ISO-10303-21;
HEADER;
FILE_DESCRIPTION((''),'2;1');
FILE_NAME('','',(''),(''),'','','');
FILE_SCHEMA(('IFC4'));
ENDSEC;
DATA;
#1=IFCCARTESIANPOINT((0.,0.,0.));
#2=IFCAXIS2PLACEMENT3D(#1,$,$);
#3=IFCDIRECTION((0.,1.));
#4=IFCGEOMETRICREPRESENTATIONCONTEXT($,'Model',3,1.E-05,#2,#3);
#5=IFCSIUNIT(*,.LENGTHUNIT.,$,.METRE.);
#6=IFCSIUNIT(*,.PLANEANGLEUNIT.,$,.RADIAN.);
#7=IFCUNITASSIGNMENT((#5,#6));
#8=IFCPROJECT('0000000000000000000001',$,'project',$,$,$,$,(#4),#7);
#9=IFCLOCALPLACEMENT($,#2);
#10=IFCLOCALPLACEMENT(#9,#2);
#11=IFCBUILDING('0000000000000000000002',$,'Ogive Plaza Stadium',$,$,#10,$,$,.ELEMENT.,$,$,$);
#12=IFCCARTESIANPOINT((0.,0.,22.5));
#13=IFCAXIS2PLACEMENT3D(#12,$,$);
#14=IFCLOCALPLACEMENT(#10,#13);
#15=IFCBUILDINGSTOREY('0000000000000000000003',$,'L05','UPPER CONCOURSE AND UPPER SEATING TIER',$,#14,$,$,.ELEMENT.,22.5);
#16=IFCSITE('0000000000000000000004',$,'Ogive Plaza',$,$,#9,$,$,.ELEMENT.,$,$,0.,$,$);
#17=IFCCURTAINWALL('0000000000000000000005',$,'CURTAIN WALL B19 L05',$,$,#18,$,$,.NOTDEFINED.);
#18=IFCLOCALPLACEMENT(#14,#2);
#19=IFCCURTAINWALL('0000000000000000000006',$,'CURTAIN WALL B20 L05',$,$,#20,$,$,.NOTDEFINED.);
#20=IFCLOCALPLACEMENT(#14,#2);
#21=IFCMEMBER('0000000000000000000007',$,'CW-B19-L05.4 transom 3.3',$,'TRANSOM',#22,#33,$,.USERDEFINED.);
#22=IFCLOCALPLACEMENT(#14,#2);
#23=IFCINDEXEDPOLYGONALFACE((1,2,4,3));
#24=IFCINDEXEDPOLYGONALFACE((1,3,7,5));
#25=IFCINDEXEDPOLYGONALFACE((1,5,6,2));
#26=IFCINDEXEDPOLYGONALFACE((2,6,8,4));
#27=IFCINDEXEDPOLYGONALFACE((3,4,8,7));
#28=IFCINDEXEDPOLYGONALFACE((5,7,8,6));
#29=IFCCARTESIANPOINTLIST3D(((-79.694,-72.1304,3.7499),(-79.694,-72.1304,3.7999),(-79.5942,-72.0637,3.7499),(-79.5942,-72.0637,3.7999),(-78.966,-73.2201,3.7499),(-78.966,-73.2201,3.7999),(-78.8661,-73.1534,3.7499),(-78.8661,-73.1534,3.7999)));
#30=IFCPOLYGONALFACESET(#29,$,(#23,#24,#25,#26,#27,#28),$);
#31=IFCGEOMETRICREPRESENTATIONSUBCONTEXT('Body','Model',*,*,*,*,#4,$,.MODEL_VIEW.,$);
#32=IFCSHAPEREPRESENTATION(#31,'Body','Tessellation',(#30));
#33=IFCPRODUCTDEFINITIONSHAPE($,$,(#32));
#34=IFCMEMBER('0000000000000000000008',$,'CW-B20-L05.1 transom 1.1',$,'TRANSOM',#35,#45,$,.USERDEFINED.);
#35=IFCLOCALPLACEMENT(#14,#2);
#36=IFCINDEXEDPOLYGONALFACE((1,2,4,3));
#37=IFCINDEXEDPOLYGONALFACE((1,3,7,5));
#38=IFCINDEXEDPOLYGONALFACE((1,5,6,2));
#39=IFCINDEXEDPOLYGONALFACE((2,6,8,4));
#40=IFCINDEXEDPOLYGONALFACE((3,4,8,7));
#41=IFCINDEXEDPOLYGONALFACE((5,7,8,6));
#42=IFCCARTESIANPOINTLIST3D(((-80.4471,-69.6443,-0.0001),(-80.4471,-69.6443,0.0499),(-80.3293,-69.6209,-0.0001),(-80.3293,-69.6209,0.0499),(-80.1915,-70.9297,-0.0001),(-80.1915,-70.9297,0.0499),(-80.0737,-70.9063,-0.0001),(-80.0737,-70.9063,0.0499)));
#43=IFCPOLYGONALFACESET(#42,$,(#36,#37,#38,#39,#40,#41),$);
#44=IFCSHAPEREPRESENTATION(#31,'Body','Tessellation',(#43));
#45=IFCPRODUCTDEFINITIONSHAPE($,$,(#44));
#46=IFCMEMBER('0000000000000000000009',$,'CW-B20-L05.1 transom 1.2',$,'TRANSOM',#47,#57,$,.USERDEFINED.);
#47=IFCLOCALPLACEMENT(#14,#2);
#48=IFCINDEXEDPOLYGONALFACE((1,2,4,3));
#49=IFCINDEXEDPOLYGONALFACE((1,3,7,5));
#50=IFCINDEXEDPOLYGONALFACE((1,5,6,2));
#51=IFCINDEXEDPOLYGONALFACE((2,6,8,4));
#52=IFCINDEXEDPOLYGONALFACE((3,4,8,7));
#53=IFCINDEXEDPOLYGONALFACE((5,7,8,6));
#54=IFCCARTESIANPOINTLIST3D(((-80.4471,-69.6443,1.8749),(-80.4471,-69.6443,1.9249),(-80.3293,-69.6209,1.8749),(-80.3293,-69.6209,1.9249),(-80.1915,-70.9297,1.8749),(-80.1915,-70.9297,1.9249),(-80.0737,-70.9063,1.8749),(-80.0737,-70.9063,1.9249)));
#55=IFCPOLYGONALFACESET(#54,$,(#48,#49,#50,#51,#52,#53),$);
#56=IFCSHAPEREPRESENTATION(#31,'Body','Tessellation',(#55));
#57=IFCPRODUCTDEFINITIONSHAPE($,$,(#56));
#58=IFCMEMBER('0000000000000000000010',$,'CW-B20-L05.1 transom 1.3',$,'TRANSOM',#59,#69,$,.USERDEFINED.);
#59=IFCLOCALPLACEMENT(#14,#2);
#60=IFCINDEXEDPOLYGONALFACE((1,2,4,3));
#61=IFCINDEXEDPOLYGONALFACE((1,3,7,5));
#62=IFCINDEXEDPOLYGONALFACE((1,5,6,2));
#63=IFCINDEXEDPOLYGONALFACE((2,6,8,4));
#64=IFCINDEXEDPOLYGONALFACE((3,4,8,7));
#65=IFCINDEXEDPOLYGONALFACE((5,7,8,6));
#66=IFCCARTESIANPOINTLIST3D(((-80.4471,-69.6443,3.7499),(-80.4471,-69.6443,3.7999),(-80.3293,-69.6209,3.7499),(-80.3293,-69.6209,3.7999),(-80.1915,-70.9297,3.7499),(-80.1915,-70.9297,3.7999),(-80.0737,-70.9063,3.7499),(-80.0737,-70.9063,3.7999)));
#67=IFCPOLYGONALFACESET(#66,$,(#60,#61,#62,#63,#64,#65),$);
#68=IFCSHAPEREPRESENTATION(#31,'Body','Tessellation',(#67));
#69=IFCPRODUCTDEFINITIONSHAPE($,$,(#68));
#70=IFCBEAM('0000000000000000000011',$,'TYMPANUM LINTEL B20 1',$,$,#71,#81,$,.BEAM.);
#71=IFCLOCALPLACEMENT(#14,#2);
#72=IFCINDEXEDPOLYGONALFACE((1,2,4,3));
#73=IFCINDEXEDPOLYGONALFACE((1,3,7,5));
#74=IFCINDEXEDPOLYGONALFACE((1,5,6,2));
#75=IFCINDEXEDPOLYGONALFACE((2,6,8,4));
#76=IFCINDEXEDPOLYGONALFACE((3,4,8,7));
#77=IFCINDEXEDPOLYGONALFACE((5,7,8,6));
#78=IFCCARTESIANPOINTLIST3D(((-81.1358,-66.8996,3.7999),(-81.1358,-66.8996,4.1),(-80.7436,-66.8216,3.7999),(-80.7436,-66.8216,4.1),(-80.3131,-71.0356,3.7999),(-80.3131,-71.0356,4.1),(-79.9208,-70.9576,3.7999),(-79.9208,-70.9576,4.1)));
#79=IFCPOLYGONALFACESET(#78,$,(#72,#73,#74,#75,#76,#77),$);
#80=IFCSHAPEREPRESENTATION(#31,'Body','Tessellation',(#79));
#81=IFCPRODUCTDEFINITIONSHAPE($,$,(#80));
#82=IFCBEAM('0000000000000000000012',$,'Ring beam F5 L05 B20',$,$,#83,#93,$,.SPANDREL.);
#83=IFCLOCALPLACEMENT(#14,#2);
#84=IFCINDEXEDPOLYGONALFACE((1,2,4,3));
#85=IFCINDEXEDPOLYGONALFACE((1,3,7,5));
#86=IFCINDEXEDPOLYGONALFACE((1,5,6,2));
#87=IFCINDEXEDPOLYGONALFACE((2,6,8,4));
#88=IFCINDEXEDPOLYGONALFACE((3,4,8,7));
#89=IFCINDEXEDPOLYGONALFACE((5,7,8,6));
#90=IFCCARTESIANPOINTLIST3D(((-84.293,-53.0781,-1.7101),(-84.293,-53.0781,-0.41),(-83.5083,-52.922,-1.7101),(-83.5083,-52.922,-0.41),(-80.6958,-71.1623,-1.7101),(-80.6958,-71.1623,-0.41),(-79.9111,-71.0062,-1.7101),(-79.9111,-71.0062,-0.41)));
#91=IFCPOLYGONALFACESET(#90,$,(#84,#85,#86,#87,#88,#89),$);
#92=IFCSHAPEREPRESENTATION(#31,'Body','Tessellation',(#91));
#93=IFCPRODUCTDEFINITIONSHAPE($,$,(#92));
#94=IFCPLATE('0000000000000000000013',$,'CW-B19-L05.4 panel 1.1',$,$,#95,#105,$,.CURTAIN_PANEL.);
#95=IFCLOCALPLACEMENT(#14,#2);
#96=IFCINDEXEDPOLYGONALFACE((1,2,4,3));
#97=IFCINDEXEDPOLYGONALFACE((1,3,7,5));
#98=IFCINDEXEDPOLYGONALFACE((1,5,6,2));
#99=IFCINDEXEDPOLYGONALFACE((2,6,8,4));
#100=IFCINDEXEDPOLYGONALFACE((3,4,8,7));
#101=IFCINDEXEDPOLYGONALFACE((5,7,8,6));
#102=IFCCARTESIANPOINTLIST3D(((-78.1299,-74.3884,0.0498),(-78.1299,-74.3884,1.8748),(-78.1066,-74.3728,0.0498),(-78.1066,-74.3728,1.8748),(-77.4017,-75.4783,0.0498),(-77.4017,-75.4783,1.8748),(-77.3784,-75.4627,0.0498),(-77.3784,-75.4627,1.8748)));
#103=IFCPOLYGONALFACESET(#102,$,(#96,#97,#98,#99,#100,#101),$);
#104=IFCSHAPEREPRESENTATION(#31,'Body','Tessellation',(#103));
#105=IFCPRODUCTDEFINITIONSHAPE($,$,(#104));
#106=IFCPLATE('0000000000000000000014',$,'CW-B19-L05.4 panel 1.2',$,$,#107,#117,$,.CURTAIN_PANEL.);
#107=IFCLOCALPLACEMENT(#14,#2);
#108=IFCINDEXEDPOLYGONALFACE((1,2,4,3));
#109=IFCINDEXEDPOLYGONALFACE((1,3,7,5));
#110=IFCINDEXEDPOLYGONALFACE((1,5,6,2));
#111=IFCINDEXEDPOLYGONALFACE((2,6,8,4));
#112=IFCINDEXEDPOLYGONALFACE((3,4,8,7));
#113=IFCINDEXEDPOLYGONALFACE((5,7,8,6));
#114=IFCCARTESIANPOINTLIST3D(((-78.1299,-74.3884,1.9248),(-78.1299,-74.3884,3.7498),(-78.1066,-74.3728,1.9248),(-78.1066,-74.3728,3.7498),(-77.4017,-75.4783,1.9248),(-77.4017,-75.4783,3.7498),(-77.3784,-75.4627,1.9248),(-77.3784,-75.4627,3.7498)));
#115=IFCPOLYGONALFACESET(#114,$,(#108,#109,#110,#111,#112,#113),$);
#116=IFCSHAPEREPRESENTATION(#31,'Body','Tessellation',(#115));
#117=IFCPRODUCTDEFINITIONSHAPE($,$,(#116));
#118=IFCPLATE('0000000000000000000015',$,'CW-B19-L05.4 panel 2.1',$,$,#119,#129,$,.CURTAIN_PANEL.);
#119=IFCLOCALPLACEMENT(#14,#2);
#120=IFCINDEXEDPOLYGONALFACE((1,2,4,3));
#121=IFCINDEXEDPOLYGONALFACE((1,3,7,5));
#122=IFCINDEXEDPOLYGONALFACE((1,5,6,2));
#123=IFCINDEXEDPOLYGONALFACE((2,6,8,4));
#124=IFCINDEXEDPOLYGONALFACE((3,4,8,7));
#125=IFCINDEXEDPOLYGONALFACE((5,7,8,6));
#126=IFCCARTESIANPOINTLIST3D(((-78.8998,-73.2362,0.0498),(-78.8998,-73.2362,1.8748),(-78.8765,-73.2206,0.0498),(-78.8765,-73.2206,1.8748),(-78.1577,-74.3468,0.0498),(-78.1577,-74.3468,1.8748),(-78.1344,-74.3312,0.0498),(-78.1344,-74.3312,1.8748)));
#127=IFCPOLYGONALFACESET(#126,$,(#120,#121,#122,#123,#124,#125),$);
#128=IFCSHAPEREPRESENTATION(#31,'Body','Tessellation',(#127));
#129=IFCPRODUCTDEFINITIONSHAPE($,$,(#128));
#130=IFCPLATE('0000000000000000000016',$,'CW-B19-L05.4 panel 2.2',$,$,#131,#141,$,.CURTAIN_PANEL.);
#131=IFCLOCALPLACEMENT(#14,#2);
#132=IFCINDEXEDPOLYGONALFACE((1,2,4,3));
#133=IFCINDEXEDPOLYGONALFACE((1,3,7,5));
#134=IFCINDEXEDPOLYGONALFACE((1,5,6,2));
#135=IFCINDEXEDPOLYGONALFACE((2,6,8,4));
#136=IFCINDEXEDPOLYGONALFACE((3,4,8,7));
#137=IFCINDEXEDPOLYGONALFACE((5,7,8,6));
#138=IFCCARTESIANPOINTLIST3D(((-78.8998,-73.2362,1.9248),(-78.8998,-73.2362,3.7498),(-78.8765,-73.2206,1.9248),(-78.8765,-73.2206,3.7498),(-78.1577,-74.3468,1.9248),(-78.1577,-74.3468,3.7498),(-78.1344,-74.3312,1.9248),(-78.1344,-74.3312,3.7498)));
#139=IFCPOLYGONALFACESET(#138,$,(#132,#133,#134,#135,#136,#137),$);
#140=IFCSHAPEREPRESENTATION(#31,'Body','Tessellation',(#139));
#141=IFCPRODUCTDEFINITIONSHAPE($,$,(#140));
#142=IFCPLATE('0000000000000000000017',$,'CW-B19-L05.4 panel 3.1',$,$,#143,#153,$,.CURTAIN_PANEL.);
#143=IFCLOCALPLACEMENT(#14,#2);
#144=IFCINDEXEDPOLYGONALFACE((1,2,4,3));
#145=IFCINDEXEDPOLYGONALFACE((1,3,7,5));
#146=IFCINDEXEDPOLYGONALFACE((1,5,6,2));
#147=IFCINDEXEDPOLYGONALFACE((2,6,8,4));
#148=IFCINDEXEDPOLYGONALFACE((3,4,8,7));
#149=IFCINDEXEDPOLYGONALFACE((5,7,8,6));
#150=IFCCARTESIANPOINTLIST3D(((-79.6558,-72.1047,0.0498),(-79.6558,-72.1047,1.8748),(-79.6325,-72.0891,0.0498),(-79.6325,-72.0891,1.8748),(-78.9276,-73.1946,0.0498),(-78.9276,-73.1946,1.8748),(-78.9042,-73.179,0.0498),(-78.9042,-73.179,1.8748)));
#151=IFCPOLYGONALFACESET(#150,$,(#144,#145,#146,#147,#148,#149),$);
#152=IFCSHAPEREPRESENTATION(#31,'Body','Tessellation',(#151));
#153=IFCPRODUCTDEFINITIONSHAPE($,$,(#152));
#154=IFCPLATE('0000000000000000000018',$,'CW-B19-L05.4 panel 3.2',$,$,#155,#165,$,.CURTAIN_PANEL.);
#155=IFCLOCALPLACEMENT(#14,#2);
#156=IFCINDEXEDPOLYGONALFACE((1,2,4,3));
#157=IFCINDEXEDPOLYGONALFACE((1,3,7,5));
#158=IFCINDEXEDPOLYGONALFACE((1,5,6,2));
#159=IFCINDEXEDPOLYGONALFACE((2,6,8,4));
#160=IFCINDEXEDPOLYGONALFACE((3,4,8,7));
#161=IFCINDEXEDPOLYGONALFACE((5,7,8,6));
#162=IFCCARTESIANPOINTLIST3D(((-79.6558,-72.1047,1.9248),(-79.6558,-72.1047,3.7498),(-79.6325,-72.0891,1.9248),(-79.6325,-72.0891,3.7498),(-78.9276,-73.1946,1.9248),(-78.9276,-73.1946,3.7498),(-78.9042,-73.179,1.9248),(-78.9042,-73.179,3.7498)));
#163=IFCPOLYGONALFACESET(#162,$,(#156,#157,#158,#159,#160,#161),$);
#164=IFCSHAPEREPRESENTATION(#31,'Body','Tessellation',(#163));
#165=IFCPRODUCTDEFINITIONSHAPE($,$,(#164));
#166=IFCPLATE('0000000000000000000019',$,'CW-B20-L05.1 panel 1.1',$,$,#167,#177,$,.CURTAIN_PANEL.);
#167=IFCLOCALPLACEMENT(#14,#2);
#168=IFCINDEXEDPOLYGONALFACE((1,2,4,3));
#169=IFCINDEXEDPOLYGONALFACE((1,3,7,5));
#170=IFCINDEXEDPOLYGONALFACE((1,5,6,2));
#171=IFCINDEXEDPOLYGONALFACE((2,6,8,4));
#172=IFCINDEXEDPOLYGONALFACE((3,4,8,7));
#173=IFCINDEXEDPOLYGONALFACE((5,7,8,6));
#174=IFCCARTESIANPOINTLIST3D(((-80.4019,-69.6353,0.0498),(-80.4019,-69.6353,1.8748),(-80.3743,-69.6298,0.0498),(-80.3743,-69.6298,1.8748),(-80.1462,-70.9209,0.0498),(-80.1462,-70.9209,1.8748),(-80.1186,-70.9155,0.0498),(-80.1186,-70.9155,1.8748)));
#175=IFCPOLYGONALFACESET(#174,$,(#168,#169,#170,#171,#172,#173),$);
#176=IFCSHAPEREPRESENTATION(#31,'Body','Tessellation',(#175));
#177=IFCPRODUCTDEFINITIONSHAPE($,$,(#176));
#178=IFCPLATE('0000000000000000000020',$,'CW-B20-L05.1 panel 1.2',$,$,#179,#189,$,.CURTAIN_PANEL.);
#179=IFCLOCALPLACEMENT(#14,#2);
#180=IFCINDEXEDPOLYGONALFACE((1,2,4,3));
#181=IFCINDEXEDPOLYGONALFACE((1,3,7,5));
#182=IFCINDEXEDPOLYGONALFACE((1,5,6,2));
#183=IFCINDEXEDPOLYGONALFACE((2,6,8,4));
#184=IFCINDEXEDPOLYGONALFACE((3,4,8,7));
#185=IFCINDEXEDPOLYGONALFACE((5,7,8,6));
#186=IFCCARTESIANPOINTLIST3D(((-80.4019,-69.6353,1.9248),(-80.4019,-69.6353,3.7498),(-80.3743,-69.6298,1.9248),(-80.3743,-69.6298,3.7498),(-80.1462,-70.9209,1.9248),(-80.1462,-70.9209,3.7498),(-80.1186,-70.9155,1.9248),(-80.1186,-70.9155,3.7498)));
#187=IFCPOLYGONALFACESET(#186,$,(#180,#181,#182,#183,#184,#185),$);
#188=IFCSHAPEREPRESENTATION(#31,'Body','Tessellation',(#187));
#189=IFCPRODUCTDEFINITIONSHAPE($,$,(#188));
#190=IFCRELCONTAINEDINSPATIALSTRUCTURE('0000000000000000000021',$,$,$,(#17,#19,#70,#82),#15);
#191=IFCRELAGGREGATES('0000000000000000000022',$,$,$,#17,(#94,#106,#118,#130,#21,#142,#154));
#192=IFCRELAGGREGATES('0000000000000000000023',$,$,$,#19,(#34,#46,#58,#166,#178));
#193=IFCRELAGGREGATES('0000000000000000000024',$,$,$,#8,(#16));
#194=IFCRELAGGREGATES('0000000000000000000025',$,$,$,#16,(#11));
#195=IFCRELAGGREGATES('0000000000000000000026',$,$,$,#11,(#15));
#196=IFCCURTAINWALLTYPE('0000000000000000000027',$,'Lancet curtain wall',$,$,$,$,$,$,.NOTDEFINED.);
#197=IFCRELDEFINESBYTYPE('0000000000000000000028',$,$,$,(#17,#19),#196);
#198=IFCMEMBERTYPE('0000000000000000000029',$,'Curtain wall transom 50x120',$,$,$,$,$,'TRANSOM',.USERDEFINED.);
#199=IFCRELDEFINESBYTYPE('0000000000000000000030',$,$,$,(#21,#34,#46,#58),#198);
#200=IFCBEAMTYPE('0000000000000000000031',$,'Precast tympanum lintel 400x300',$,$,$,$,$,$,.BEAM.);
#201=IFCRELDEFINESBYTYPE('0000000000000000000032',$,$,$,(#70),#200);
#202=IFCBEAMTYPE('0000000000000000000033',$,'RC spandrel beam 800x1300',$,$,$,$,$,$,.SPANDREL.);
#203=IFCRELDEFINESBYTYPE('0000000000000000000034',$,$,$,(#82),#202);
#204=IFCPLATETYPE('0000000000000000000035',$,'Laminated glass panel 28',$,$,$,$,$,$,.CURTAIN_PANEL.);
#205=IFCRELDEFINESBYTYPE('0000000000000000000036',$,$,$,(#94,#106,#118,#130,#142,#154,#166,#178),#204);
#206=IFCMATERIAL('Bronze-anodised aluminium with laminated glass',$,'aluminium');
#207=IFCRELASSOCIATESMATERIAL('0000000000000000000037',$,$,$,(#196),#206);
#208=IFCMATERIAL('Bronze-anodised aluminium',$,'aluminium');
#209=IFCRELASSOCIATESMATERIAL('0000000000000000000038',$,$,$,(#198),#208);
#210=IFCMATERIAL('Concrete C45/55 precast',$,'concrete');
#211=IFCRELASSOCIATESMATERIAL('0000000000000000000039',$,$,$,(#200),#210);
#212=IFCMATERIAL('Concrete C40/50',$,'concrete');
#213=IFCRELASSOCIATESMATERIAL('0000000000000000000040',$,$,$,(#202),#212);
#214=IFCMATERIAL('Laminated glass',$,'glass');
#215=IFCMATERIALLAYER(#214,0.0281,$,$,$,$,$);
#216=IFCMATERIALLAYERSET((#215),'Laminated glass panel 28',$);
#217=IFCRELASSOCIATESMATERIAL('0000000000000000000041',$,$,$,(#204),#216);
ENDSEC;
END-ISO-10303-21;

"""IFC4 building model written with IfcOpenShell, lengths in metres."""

from ifc_helpers import new_model, si_unit, direction, frame, origin, origin_2d, place, context, subcontext, project, spatial, rectangle, extrude, material, layer, layer_set, material_profile, profile_set, type_object, element, aggregate, save


model = new_model("IFC4")

# Units and contexts
model_context = context("Model", 3, precision=1e-05, world=origin(), true_north=direction((0.0, 1.0)))
body_context = subcontext(model_context, "Body", "Model", "MODEL_VIEW")
ifc_project = project(units=[si_unit("LENGTHUNIT", "METRE"), si_unit("PLANEANGLEUNIT", "RADIAN")], contexts=[model_context])

# Site, building, storey
site_placement = place(None, origin())
site = spatial("IfcSite", under=ifc_project, at=site_placement, Name="Ogive Plaza", CompositionType="ELEMENT", RefElevation=0.0)
building_placement = place(site_placement, origin())
building = spatial("IfcBuilding", under=site, at=building_placement, Name="Ogive Plaza Stadium", CompositionType="ELEMENT")
storey_placement = place(building_placement, frame((0.0, 0.0, 22.5)))
storey = spatial("IfcBuildingStorey", under=building, at=storey_placement, Name="L05", Description="UPPER CONCOURSE AND UPPER SEATING TIER", CompositionType="ELEMENT", Elevation=22.5)

# Curtain wall
ifc_material_1 = material(Name="Bronze-anodised aluminium with laminated glass", Category="aluminium")
curtain_wall_type = type_object("IfcCurtainWallType", Name="Lancet curtain wall", PredefinedType="NOTDEFINED", material=ifc_material_1)
curtain_wall_1_placement = place(storey_placement, origin())
curtain_wall_1 = element("IfcCurtainWall", 1, at=curtain_wall_1_placement, inside=storey, type_object=curtain_wall_type, Name="CURTAIN WALL B19 L05", PredefinedType="NOTDEFINED")

# Curtain wall
curtain_wall_2_placement = place(storey_placement, origin())
curtain_wall_2 = element("IfcCurtainWall", 2, at=curtain_wall_2_placement, inside=storey, type_object=curtain_wall_type, Name="CURTAIN WALL B20 L05", PredefinedType="NOTDEFINED")

# Members
ifc_material_2 = material(Name="Bronze-anodised aluminium", Category="aluminium")
ifc_material_profile_1 = material_profile(ifc_material_2, rectangle(XDim=0.1201, YDim=0.05, at=origin_2d()), Name="AL 120x50")
ifc_profile_set_1 = profile_set([ifc_material_profile_1], Name="Bronze-anodised aluminium")
member_type_1 = type_object("IfcMemberType", Name="Curtain wall transom 50x120", ElementType="TRANSOM", PredefinedType="USERDEFINED", material=ifc_profile_set_1)
member_1_placement = place(storey_placement, frame((-78.916, -73.1868, 3.7749), z_axis=(-0.55556, 0.831477, 0.0), x_axis=(-0.831477, -0.55556, 0.0)))
member_1 = element("IfcMember", 3, at=member_1_placement, type_object=member_type_1, Name="CW-B19-L05.4 transom 3.3", ObjectType="TRANSOM", PredefinedType="USERDEFINED", context=body_context, shape_type="SweptSolid", body=[
    extrude(rectangle(XDim=0.1201, YDim=0.05, at=origin_2d()), origin(), (0.0, 0.0, 1.0), 1.3105),
])
member_2_placement = place(storey_placement, frame((-80.1326, -70.918, 0.0249), z_axis=(-0.195041, 0.980795, 0.0), x_axis=(-0.980795, -0.195041, 0.0)))
member_2 = element("IfcMember", 4, at=member_2_placement, type_object=member_type_1, Name="CW-B20-L05.1 transom 1.1", ObjectType="TRANSOM", PredefinedType="USERDEFINED", context=body_context, shape_type="SweptSolid", body=[
    extrude(rectangle(XDim=0.1201, YDim=0.05, at=origin_2d()), origin(), (0.0, 0.0, 1.0), 1.3105),
])
member_3_placement = place(storey_placement, frame((-80.1326, -70.918, 1.8999), z_axis=(-0.195041, 0.980795, 0.0), x_axis=(-0.980795, -0.195041, 0.0)))
member_3 = element("IfcMember", 5, at=member_3_placement, type_object=member_type_1, Name="CW-B20-L05.1 transom 1.2", ObjectType="TRANSOM", PredefinedType="USERDEFINED", context=body_context, shape_type="SweptSolid", body=[
    extrude(rectangle(XDim=0.1201, YDim=0.05, at=origin_2d()), origin(), (0.0, 0.0, 1.0), 1.3105),
])
member_4_placement = place(storey_placement, frame((-80.1326, -70.918, 3.7749), z_axis=(-0.195041, 0.980795, 0.0), x_axis=(-0.980795, -0.195041, 0.0)))
member_4 = element("IfcMember", 6, at=member_4_placement, type_object=member_type_1, Name="CW-B20-L05.1 transom 1.3", ObjectType="TRANSOM", PredefinedType="USERDEFINED", context=body_context, shape_type="SweptSolid", body=[
    extrude(rectangle(XDim=0.1201, YDim=0.05, at=origin_2d()), origin(), (0.0, 0.0, 1.0), 1.3105),
])

# Beams
ifc_material_3 = material(Name="Concrete C45/55 precast", Category="concrete")
ifc_material_profile_2 = material_profile(ifc_material_3, rectangle(XDim=0.3999, YDim=0.3, at=origin_2d()), Name="RC 400x300")
ifc_profile_set_2 = profile_set([ifc_material_profile_2], Name="Concrete C45/55 precast")
beam_type_1 = type_object("IfcBeamType", Name="Precast tympanum lintel 400x300", PredefinedType="BEAM", material=ifc_profile_set_2)
beam_1_placement = place(storey_placement, frame((-80.1169, -70.9966, 3.95), z_axis=(-0.195103, 0.980783, 0.0), x_axis=(-0.980783, -0.195103, 0.0)))
element("IfcBeam", 7, at=beam_1_placement, inside=storey, type_object=beam_type_1, Name="TYMPANUM LINTEL B20 1", PredefinedType="BEAM", context=body_context, shape_type="SweptSolid", body=[
    extrude(rectangle(XDim=0.3999, YDim=0.3, at=origin_2d()), origin(), (0.0, 0.0, 1.0), 4.217),
])
ifc_material_4 = material(Name="Concrete C40/50", Category="concrete")
ifc_material_profile_3 = material_profile(ifc_material_4, rectangle(XDim=0.8, YDim=1.3, at=origin_2d()), Name="RC 800x1300")
ifc_profile_set_3 = profile_set([ifc_material_profile_3], Name="Concrete C40/50")
beam_type_2 = type_object("IfcBeamType", Name="RC spandrel beam 800x1300", PredefinedType="SPANDREL", material=ifc_profile_set_3)
beam_2_placement = place(storey_placement, frame((-80.3035, -71.0842, -1.0601), z_axis=(-0.19509, 0.980785, 0.0), x_axis=(-0.980785, -0.19509, 0.0)))
element("IfcBeam", 8, at=beam_2_placement, inside=storey, type_object=beam_type_2, Name="Ring beam F5 L05 B20", PredefinedType="SPANDREL", context=body_context, shape_type="SweptSolid", body=[
    extrude(rectangle(XDim=0.8, YDim=1.3, at=origin_2d()), origin(), (0.0, 0.0, 1.0), 18.4385),
])

# Plates
ifc_material_5 = material(Name="Laminated glass", Category="glass")
ifc_layer_1 = layer(ifc_material_5, 0.0281)
ifc_layer_set_1 = layer_set([ifc_layer_1], Name="Laminated glass panel 28")
plate_type = type_object("IfcPlateType", Name="Laminated glass panel 28", PredefinedType="CURTAIN_PANEL", material=ifc_layer_set_1)
plate_1_placement = place(storey_placement, frame((-77.7542, -74.9255, 0.0498), z_axis=(0.0, 0.0, 1.0), x_axis=(-0.55557, 0.83147, 0.0)))
plate_1 = element("IfcPlate", 9, at=plate_1_placement, type_object=plate_type, Name="CW-B19-L05.4 panel 1.1", PredefinedType="CURTAIN_PANEL", context=body_context, shape_type="SweptSolid", body=[
    extrude(rectangle(XDim=1.3108, YDim=0.0281, at=origin_2d()), origin(), (0.0, 0.0, 1.0), 1.825),
])
plate_2_placement = place(storey_placement, frame((-77.7542, -74.9255, 1.9248), z_axis=(0.0, 0.0, 1.0), x_axis=(-0.55557, 0.83147, 0.0)))
plate_2 = element("IfcPlate", 10, at=plate_2_placement, type_object=plate_type, Name="CW-B19-L05.4 panel 1.2", PredefinedType="CURTAIN_PANEL", context=body_context, shape_type="SweptSolid", body=[
    extrude(rectangle(XDim=1.3108, YDim=0.0281, at=origin_2d()), origin(), (0.0, 0.0, 1.0), 1.825),
])
plate_3_placement = place(storey_placement, frame((-78.5171, -73.7837, 0.0498), z_axis=(0.0, 0.0, 1.0), x_axis=(-0.55557, 0.83147, 0.0)))
plate_3 = element("IfcPlate", 11, at=plate_3_placement, type_object=plate_type, Name="CW-B19-L05.4 panel 2.1", PredefinedType="CURTAIN_PANEL", context=body_context, shape_type="SweptSolid", body=[
    extrude(rectangle(XDim=1.3357, YDim=0.0281, at=origin_2d()), origin(), (0.0, 0.0, 1.0), 1.825),
])
plate_4_placement = place(storey_placement, frame((-78.5171, -73.7837, 1.9248), z_axis=(0.0, 0.0, 1.0), x_axis=(-0.55557, 0.83147, 0.0)))
plate_4 = element("IfcPlate", 12, at=plate_4_placement, type_object=plate_type, Name="CW-B19-L05.4 panel 2.2", PredefinedType="CURTAIN_PANEL", context=body_context, shape_type="SweptSolid", body=[
    extrude(rectangle(XDim=1.3357, YDim=0.0281, at=origin_2d()), origin(), (0.0, 0.0, 1.0), 1.825),
])
plate_5_placement = place(storey_placement, frame((-79.28, -72.6418, 0.0498), z_axis=(0.0, 0.0, 1.0), x_axis=(-0.55557, 0.83147, 0.0)))
plate_5 = element("IfcPlate", 13, at=plate_5_placement, type_object=plate_type, Name="CW-B19-L05.4 panel 3.1", PredefinedType="CURTAIN_PANEL", context=body_context, shape_type="SweptSolid", body=[
    extrude(rectangle(XDim=1.3108, YDim=0.0281, at=origin_2d()), origin(), (0.0, 0.0, 1.0), 1.825),
])
plate_6_placement = place(storey_placement, frame((-79.28, -72.6418, 1.9248), z_axis=(0.0, 0.0, 1.0), x_axis=(-0.55557, 0.83147, 0.0)))
plate_6 = element("IfcPlate", 14, at=plate_6_placement, type_object=plate_type, Name="CW-B19-L05.4 panel 3.2", PredefinedType="CURTAIN_PANEL", context=body_context, shape_type="SweptSolid", body=[
    extrude(rectangle(XDim=1.3108, YDim=0.0281, at=origin_2d()), origin(), (0.0, 0.0, 1.0), 1.825),
])
aggregate(curtain_wall_1, [plate_1, plate_2, plate_3, plate_4, member_1, plate_5, plate_6])
plate_7_placement = place(storey_placement, frame((-80.2603, -70.2754, 0.0498), z_axis=(0.0, 0.0, 1.0), x_axis=(-0.19509, 0.980785, 0.0)))
plate_7 = element("IfcPlate", 15, at=plate_7_placement, type_object=plate_type, Name="CW-B20-L05.1 panel 1.1", PredefinedType="CURTAIN_PANEL", context=body_context, shape_type="SweptSolid", body=[
    extrude(rectangle(XDim=1.3108, YDim=0.0281, at=origin_2d()), origin(), (0.0, 0.0, 1.0), 1.825),
])
plate_8_placement = place(storey_placement, frame((-80.2603, -70.2754, 1.9248), z_axis=(0.0, 0.0, 1.0), x_axis=(-0.19509, 0.980785, 0.0)))
plate_8 = element("IfcPlate", 16, at=plate_8_placement, type_object=plate_type, Name="CW-B20-L05.1 panel 1.2", PredefinedType="CURTAIN_PANEL", context=body_context, shape_type="SweptSolid", body=[
    extrude(rectangle(XDim=1.3108, YDim=0.0281, at=origin_2d()), origin(), (0.0, 0.0, 1.0), 1.825),
])
aggregate(curtain_wall_2, [member_2, member_3, member_4, plate_7, plate_8])

save(model, "model.ifc")
